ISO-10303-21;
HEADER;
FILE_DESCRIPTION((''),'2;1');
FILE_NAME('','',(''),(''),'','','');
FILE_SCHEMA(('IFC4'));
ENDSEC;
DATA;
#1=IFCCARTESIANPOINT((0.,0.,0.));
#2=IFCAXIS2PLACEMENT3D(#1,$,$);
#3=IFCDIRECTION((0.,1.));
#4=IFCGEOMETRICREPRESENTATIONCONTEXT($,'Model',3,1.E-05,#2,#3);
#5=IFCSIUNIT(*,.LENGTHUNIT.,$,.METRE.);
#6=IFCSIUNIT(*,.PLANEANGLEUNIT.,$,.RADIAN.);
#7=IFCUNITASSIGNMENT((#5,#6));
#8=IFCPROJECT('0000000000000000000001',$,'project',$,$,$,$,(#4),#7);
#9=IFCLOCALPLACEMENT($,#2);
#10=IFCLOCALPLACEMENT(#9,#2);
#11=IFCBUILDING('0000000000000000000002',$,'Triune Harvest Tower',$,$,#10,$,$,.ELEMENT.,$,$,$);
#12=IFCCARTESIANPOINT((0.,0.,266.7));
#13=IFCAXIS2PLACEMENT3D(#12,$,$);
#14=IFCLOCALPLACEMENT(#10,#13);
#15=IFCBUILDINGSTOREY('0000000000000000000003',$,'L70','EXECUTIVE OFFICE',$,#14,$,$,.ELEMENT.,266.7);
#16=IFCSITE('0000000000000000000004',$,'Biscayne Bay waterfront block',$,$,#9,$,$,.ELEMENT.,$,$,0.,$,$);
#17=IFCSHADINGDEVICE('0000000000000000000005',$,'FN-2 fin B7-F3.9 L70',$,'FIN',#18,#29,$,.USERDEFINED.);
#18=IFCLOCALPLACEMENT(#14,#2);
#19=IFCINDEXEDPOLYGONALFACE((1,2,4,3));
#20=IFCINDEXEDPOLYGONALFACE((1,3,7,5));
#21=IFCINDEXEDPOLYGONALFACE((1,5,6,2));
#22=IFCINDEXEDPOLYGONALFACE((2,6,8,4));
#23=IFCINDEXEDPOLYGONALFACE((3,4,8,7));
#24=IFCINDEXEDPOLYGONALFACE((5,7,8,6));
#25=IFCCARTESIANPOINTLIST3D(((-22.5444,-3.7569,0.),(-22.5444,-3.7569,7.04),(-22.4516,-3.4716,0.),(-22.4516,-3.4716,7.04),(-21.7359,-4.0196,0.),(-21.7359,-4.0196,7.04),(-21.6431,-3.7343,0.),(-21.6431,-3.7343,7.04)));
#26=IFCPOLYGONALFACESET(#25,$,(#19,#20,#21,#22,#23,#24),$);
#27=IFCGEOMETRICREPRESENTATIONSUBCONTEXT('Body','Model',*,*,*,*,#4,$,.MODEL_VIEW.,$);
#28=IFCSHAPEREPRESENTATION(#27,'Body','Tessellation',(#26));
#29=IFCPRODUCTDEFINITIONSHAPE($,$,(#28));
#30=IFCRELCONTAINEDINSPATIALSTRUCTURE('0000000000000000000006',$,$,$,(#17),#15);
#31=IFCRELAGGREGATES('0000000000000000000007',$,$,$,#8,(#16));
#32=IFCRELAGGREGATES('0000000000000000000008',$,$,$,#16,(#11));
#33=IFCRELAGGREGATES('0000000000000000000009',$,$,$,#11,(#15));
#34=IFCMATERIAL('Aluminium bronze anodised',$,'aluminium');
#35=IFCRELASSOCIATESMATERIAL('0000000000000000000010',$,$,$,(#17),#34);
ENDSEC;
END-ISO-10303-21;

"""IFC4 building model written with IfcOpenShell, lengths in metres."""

from ifc_helpers import new_model, si_unit, direction, frame, origin, origin_2d, place, context, subcontext, project, spatial, rectangle, extrude, source, transform, mapped, material, element, save


model = new_model("IFC4")

# Units and contexts
model_context = context("Model", 3, precision=1e-05, world=origin(), true_north=direction((0.0, 1.0)))
body_context = subcontext(model_context, "Body", "Model", "MODEL_VIEW")
ifc_project = project(units=[si_unit("LENGTHUNIT", "METRE"), si_unit("PLANEANGLEUNIT", "RADIAN")], contexts=[model_context])

# Site, building, storey
site_placement = place(None, origin())
site = spatial("IfcSite", under=ifc_project, at=site_placement, Name="Biscayne Bay waterfront block", CompositionType="ELEMENT", RefElevation=0.0)
building_placement = place(site_placement, origin())
building = spatial("IfcBuilding", under=site, at=building_placement, Name="Triune Harvest Tower", CompositionType="ELEMENT")
storey_placement = place(building_placement, frame((0.0, 0.0, 266.7)))
storey = spatial("IfcBuildingStorey", under=building, at=storey_placement, Name="L70", Description="EXECUTIVE OFFICE", CompositionType="ELEMENT", Elevation=266.7)

# Shading device
ifc_material_1 = material(Name="Aluminium bronze anodised", Category="aluminium")
shared_shape_1 = source(origin(), body_context, "Body", "SweptSolid", [
    extrude(rectangle(XDim=0.3, YDim=0.8501, at=origin_2d()), origin(), (0.0, 0.0, 1.0), 7.04),
])
shading_device_1_placement = place(storey_placement, frame((-22.0938, -3.7456, 0.0), z_axis=(0.0, 0.0, 1.0), x_axis=(-0.309016, -0.951057, 0.0)))
element("IfcShadingDevice", 1, at=shading_device_1_placement, inside=storey, material=ifc_material_1, Name="FN-2 fin B7-F3.9 L70", ObjectType="FIN", PredefinedType="USERDEFINED", context=body_context, shape_type="MappedRepresentation", body=[
    mapped(shared_shape_1, transform((0.0, 0.0, 0.0), scale=1.0)),
])

save(model, "model.ifc")
